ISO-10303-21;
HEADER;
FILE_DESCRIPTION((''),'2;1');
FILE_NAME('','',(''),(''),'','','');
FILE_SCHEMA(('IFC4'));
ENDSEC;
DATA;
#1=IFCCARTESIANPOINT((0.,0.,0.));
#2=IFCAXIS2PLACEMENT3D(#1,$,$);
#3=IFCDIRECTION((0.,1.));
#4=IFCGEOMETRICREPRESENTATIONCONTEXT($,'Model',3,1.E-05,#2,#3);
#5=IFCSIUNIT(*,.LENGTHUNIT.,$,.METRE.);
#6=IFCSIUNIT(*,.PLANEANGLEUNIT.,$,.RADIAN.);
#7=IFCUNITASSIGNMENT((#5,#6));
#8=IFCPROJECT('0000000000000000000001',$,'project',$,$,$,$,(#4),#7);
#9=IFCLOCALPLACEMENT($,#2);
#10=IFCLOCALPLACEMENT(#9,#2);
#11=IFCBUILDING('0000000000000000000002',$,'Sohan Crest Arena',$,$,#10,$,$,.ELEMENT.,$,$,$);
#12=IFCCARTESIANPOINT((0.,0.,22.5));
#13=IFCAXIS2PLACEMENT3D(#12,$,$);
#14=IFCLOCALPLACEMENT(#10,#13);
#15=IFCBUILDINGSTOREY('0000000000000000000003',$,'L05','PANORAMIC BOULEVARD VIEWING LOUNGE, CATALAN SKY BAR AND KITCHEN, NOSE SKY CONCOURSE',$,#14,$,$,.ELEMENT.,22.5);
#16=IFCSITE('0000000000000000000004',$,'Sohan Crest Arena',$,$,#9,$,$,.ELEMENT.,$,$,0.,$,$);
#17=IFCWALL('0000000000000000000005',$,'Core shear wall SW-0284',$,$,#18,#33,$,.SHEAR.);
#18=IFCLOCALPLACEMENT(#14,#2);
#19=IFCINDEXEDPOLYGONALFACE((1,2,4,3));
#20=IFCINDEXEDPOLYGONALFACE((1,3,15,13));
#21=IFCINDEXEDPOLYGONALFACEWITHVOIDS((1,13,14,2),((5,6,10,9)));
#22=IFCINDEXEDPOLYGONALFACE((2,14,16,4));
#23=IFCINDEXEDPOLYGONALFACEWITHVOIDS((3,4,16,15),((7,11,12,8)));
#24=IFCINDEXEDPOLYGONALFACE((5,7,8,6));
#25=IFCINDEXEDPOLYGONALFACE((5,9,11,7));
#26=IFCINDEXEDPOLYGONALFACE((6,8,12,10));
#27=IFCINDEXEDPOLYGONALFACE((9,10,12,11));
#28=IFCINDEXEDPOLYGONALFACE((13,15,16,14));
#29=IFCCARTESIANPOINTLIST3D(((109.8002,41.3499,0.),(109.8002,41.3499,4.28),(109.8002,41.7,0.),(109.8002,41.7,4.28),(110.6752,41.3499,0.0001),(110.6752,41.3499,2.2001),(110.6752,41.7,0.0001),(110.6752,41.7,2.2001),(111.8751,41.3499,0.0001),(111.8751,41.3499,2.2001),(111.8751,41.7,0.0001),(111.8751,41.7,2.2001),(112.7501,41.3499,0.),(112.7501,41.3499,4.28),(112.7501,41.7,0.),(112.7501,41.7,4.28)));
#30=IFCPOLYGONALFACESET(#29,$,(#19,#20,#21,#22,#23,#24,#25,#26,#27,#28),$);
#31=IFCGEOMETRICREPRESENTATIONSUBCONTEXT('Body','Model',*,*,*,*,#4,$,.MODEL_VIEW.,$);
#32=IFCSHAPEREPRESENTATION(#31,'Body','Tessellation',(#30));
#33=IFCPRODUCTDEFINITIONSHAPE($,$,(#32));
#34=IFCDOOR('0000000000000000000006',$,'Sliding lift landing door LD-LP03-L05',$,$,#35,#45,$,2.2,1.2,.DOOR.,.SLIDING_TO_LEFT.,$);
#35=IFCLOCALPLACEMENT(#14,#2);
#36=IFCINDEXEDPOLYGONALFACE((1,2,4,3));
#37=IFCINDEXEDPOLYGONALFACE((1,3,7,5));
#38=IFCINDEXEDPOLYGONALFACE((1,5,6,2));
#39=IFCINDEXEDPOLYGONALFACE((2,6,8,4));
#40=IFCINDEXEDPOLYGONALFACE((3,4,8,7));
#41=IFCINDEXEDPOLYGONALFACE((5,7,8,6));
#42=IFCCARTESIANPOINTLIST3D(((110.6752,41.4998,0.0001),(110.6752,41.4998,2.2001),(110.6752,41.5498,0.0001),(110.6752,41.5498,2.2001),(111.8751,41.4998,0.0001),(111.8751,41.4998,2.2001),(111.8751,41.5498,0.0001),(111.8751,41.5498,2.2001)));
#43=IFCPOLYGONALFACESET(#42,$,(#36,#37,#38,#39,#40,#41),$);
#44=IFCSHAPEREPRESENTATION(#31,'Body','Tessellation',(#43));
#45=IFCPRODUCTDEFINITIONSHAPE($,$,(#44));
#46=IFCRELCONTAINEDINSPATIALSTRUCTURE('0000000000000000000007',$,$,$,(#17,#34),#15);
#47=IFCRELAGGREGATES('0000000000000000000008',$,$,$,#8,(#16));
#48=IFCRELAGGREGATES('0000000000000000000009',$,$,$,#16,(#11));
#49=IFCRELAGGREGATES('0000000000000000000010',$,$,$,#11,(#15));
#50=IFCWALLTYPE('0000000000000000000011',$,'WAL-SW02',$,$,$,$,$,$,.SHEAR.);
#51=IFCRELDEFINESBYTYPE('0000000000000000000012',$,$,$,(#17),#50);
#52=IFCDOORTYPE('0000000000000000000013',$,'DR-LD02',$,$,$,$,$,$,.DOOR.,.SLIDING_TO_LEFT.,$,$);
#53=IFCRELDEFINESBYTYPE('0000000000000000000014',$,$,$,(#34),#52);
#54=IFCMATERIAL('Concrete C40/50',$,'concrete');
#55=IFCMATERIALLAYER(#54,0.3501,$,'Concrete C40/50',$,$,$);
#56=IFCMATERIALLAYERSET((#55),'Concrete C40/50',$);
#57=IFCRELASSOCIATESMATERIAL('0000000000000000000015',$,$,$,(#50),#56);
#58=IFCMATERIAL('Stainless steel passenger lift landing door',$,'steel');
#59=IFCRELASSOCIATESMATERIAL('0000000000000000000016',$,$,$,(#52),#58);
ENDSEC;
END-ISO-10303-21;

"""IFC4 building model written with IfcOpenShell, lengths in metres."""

from ifc_helpers import new_model, si_unit, direction, frame, frame_2d, origin, place, context, subcontext, project, spatial, rectangle, extrude, material, layer, layer_set, type_object, element, fill, save


model = new_model("IFC4")

# Units and contexts
model_context = context("Model", 3, precision=1e-05, world=origin(), true_north=direction((0.0, 1.0)))
body_context = subcontext(model_context, "Body", "Model", "MODEL_VIEW")
ifc_project = project(units=[si_unit("LENGTHUNIT", "METRE"), si_unit("PLANEANGLEUNIT", "RADIAN")], contexts=[model_context])

# Site, building, storey
site_placement = place(None, origin())
site = spatial("IfcSite", under=ifc_project, at=site_placement, Name="Sohan Crest Arena", CompositionType="ELEMENT", RefElevation=0.0)
building_placement = place(site_placement, origin())
building = spatial("IfcBuilding", under=site, at=building_placement, Name="Sohan Crest Arena", CompositionType="ELEMENT")
storey_placement = place(building_placement, frame((0.0, 0.0, 22.5)))
storey = spatial("IfcBuildingStorey", under=building, at=storey_placement, Name="L05", Description="PANORAMIC BOULEVARD VIEWING LOUNGE, CATALAN SKY BAR AND KITCHEN, NOSE SKY CONCOURSE", CompositionType="ELEMENT", Elevation=22.5)

# Shared definitions
ifc_material_1 = material(Name="Concrete C40/50", Category="concrete")

# Wall, opening, door
ifc_layer_1 = layer(ifc_material_1, 0.3501, Name="Concrete C40/50")
ifc_layer_set_1 = layer_set([ifc_layer_1], Name="Concrete C40/50")
wall_type = type_object("IfcWallType", Name="WAL-SW02", PredefinedType="SHEAR", material=ifc_layer_set_1)
wall_placement = place(storey_placement, frame((109.8, 41.5249, 0.0), z_axis=(0.0, 0.0, 1.0), x_axis=(1.0, 0.0, 0.0)))
wall = element("IfcWall", 1, at=wall_placement, inside=storey, type_object=wall_type, Name="Core shear wall SW-0284", PredefinedType="SHEAR", context=body_context, shape_type="SweptSolid", body=[
    extrude(rectangle(XDim=2.95, YDim=0.3501, at=frame_2d((1.4751, 0.0))), origin(), (0.0, 0.0, 1.0), 4.28),
])
opening_placement = place(wall_placement, frame((0.875, 0.0, 0.0)))
opening = element("IfcOpeningElement", 2, at=opening_placement, cuts=wall, PredefinedType="OPENING", context=body_context, shape_type="SweptSolid", body=[
    extrude(rectangle(XDim=1.2, YDim=2.2, at=frame_2d((0.6001, 1.1001))), frame((0.0, 0.1851, 0.0), z_axis=(0.0, -1.0, 0.0), x_axis=(1.0, 0.0, 0.0)), (0.0, 0.0, 1.0), 0.3701),
])
ifc_material_2 = material(Name="Stainless steel passenger lift landing door", Category="steel")
door_type = type_object("IfcDoorType", Name="DR-LD02", OperationType="SLIDING_TO_LEFT", PredefinedType="DOOR", material=ifc_material_2)
door_placement = place(opening_placement, origin())
door = element("IfcDoor", 3, at=door_placement, inside=storey, type_object=door_type, Name="Sliding lift landing door LD-LP03-L05", OperationType="SLIDING_TO_LEFT", OverallHeight=2.2, OverallWidth=1.2, PredefinedType="DOOR", context=body_context, shape_type="SweptSolid", body=[
    extrude(rectangle(XDim=1.2, YDim=2.2, at=frame_2d((0.6001, 1.1001))), frame((0.0, 0.0249, 0.0), z_axis=(0.0, -1.0, 0.0), x_axis=(1.0, 0.0, 0.0)), (0.0, 0.0, 1.0), 0.05),
])
fill(opening, door)

save(model, "model.ifc")
